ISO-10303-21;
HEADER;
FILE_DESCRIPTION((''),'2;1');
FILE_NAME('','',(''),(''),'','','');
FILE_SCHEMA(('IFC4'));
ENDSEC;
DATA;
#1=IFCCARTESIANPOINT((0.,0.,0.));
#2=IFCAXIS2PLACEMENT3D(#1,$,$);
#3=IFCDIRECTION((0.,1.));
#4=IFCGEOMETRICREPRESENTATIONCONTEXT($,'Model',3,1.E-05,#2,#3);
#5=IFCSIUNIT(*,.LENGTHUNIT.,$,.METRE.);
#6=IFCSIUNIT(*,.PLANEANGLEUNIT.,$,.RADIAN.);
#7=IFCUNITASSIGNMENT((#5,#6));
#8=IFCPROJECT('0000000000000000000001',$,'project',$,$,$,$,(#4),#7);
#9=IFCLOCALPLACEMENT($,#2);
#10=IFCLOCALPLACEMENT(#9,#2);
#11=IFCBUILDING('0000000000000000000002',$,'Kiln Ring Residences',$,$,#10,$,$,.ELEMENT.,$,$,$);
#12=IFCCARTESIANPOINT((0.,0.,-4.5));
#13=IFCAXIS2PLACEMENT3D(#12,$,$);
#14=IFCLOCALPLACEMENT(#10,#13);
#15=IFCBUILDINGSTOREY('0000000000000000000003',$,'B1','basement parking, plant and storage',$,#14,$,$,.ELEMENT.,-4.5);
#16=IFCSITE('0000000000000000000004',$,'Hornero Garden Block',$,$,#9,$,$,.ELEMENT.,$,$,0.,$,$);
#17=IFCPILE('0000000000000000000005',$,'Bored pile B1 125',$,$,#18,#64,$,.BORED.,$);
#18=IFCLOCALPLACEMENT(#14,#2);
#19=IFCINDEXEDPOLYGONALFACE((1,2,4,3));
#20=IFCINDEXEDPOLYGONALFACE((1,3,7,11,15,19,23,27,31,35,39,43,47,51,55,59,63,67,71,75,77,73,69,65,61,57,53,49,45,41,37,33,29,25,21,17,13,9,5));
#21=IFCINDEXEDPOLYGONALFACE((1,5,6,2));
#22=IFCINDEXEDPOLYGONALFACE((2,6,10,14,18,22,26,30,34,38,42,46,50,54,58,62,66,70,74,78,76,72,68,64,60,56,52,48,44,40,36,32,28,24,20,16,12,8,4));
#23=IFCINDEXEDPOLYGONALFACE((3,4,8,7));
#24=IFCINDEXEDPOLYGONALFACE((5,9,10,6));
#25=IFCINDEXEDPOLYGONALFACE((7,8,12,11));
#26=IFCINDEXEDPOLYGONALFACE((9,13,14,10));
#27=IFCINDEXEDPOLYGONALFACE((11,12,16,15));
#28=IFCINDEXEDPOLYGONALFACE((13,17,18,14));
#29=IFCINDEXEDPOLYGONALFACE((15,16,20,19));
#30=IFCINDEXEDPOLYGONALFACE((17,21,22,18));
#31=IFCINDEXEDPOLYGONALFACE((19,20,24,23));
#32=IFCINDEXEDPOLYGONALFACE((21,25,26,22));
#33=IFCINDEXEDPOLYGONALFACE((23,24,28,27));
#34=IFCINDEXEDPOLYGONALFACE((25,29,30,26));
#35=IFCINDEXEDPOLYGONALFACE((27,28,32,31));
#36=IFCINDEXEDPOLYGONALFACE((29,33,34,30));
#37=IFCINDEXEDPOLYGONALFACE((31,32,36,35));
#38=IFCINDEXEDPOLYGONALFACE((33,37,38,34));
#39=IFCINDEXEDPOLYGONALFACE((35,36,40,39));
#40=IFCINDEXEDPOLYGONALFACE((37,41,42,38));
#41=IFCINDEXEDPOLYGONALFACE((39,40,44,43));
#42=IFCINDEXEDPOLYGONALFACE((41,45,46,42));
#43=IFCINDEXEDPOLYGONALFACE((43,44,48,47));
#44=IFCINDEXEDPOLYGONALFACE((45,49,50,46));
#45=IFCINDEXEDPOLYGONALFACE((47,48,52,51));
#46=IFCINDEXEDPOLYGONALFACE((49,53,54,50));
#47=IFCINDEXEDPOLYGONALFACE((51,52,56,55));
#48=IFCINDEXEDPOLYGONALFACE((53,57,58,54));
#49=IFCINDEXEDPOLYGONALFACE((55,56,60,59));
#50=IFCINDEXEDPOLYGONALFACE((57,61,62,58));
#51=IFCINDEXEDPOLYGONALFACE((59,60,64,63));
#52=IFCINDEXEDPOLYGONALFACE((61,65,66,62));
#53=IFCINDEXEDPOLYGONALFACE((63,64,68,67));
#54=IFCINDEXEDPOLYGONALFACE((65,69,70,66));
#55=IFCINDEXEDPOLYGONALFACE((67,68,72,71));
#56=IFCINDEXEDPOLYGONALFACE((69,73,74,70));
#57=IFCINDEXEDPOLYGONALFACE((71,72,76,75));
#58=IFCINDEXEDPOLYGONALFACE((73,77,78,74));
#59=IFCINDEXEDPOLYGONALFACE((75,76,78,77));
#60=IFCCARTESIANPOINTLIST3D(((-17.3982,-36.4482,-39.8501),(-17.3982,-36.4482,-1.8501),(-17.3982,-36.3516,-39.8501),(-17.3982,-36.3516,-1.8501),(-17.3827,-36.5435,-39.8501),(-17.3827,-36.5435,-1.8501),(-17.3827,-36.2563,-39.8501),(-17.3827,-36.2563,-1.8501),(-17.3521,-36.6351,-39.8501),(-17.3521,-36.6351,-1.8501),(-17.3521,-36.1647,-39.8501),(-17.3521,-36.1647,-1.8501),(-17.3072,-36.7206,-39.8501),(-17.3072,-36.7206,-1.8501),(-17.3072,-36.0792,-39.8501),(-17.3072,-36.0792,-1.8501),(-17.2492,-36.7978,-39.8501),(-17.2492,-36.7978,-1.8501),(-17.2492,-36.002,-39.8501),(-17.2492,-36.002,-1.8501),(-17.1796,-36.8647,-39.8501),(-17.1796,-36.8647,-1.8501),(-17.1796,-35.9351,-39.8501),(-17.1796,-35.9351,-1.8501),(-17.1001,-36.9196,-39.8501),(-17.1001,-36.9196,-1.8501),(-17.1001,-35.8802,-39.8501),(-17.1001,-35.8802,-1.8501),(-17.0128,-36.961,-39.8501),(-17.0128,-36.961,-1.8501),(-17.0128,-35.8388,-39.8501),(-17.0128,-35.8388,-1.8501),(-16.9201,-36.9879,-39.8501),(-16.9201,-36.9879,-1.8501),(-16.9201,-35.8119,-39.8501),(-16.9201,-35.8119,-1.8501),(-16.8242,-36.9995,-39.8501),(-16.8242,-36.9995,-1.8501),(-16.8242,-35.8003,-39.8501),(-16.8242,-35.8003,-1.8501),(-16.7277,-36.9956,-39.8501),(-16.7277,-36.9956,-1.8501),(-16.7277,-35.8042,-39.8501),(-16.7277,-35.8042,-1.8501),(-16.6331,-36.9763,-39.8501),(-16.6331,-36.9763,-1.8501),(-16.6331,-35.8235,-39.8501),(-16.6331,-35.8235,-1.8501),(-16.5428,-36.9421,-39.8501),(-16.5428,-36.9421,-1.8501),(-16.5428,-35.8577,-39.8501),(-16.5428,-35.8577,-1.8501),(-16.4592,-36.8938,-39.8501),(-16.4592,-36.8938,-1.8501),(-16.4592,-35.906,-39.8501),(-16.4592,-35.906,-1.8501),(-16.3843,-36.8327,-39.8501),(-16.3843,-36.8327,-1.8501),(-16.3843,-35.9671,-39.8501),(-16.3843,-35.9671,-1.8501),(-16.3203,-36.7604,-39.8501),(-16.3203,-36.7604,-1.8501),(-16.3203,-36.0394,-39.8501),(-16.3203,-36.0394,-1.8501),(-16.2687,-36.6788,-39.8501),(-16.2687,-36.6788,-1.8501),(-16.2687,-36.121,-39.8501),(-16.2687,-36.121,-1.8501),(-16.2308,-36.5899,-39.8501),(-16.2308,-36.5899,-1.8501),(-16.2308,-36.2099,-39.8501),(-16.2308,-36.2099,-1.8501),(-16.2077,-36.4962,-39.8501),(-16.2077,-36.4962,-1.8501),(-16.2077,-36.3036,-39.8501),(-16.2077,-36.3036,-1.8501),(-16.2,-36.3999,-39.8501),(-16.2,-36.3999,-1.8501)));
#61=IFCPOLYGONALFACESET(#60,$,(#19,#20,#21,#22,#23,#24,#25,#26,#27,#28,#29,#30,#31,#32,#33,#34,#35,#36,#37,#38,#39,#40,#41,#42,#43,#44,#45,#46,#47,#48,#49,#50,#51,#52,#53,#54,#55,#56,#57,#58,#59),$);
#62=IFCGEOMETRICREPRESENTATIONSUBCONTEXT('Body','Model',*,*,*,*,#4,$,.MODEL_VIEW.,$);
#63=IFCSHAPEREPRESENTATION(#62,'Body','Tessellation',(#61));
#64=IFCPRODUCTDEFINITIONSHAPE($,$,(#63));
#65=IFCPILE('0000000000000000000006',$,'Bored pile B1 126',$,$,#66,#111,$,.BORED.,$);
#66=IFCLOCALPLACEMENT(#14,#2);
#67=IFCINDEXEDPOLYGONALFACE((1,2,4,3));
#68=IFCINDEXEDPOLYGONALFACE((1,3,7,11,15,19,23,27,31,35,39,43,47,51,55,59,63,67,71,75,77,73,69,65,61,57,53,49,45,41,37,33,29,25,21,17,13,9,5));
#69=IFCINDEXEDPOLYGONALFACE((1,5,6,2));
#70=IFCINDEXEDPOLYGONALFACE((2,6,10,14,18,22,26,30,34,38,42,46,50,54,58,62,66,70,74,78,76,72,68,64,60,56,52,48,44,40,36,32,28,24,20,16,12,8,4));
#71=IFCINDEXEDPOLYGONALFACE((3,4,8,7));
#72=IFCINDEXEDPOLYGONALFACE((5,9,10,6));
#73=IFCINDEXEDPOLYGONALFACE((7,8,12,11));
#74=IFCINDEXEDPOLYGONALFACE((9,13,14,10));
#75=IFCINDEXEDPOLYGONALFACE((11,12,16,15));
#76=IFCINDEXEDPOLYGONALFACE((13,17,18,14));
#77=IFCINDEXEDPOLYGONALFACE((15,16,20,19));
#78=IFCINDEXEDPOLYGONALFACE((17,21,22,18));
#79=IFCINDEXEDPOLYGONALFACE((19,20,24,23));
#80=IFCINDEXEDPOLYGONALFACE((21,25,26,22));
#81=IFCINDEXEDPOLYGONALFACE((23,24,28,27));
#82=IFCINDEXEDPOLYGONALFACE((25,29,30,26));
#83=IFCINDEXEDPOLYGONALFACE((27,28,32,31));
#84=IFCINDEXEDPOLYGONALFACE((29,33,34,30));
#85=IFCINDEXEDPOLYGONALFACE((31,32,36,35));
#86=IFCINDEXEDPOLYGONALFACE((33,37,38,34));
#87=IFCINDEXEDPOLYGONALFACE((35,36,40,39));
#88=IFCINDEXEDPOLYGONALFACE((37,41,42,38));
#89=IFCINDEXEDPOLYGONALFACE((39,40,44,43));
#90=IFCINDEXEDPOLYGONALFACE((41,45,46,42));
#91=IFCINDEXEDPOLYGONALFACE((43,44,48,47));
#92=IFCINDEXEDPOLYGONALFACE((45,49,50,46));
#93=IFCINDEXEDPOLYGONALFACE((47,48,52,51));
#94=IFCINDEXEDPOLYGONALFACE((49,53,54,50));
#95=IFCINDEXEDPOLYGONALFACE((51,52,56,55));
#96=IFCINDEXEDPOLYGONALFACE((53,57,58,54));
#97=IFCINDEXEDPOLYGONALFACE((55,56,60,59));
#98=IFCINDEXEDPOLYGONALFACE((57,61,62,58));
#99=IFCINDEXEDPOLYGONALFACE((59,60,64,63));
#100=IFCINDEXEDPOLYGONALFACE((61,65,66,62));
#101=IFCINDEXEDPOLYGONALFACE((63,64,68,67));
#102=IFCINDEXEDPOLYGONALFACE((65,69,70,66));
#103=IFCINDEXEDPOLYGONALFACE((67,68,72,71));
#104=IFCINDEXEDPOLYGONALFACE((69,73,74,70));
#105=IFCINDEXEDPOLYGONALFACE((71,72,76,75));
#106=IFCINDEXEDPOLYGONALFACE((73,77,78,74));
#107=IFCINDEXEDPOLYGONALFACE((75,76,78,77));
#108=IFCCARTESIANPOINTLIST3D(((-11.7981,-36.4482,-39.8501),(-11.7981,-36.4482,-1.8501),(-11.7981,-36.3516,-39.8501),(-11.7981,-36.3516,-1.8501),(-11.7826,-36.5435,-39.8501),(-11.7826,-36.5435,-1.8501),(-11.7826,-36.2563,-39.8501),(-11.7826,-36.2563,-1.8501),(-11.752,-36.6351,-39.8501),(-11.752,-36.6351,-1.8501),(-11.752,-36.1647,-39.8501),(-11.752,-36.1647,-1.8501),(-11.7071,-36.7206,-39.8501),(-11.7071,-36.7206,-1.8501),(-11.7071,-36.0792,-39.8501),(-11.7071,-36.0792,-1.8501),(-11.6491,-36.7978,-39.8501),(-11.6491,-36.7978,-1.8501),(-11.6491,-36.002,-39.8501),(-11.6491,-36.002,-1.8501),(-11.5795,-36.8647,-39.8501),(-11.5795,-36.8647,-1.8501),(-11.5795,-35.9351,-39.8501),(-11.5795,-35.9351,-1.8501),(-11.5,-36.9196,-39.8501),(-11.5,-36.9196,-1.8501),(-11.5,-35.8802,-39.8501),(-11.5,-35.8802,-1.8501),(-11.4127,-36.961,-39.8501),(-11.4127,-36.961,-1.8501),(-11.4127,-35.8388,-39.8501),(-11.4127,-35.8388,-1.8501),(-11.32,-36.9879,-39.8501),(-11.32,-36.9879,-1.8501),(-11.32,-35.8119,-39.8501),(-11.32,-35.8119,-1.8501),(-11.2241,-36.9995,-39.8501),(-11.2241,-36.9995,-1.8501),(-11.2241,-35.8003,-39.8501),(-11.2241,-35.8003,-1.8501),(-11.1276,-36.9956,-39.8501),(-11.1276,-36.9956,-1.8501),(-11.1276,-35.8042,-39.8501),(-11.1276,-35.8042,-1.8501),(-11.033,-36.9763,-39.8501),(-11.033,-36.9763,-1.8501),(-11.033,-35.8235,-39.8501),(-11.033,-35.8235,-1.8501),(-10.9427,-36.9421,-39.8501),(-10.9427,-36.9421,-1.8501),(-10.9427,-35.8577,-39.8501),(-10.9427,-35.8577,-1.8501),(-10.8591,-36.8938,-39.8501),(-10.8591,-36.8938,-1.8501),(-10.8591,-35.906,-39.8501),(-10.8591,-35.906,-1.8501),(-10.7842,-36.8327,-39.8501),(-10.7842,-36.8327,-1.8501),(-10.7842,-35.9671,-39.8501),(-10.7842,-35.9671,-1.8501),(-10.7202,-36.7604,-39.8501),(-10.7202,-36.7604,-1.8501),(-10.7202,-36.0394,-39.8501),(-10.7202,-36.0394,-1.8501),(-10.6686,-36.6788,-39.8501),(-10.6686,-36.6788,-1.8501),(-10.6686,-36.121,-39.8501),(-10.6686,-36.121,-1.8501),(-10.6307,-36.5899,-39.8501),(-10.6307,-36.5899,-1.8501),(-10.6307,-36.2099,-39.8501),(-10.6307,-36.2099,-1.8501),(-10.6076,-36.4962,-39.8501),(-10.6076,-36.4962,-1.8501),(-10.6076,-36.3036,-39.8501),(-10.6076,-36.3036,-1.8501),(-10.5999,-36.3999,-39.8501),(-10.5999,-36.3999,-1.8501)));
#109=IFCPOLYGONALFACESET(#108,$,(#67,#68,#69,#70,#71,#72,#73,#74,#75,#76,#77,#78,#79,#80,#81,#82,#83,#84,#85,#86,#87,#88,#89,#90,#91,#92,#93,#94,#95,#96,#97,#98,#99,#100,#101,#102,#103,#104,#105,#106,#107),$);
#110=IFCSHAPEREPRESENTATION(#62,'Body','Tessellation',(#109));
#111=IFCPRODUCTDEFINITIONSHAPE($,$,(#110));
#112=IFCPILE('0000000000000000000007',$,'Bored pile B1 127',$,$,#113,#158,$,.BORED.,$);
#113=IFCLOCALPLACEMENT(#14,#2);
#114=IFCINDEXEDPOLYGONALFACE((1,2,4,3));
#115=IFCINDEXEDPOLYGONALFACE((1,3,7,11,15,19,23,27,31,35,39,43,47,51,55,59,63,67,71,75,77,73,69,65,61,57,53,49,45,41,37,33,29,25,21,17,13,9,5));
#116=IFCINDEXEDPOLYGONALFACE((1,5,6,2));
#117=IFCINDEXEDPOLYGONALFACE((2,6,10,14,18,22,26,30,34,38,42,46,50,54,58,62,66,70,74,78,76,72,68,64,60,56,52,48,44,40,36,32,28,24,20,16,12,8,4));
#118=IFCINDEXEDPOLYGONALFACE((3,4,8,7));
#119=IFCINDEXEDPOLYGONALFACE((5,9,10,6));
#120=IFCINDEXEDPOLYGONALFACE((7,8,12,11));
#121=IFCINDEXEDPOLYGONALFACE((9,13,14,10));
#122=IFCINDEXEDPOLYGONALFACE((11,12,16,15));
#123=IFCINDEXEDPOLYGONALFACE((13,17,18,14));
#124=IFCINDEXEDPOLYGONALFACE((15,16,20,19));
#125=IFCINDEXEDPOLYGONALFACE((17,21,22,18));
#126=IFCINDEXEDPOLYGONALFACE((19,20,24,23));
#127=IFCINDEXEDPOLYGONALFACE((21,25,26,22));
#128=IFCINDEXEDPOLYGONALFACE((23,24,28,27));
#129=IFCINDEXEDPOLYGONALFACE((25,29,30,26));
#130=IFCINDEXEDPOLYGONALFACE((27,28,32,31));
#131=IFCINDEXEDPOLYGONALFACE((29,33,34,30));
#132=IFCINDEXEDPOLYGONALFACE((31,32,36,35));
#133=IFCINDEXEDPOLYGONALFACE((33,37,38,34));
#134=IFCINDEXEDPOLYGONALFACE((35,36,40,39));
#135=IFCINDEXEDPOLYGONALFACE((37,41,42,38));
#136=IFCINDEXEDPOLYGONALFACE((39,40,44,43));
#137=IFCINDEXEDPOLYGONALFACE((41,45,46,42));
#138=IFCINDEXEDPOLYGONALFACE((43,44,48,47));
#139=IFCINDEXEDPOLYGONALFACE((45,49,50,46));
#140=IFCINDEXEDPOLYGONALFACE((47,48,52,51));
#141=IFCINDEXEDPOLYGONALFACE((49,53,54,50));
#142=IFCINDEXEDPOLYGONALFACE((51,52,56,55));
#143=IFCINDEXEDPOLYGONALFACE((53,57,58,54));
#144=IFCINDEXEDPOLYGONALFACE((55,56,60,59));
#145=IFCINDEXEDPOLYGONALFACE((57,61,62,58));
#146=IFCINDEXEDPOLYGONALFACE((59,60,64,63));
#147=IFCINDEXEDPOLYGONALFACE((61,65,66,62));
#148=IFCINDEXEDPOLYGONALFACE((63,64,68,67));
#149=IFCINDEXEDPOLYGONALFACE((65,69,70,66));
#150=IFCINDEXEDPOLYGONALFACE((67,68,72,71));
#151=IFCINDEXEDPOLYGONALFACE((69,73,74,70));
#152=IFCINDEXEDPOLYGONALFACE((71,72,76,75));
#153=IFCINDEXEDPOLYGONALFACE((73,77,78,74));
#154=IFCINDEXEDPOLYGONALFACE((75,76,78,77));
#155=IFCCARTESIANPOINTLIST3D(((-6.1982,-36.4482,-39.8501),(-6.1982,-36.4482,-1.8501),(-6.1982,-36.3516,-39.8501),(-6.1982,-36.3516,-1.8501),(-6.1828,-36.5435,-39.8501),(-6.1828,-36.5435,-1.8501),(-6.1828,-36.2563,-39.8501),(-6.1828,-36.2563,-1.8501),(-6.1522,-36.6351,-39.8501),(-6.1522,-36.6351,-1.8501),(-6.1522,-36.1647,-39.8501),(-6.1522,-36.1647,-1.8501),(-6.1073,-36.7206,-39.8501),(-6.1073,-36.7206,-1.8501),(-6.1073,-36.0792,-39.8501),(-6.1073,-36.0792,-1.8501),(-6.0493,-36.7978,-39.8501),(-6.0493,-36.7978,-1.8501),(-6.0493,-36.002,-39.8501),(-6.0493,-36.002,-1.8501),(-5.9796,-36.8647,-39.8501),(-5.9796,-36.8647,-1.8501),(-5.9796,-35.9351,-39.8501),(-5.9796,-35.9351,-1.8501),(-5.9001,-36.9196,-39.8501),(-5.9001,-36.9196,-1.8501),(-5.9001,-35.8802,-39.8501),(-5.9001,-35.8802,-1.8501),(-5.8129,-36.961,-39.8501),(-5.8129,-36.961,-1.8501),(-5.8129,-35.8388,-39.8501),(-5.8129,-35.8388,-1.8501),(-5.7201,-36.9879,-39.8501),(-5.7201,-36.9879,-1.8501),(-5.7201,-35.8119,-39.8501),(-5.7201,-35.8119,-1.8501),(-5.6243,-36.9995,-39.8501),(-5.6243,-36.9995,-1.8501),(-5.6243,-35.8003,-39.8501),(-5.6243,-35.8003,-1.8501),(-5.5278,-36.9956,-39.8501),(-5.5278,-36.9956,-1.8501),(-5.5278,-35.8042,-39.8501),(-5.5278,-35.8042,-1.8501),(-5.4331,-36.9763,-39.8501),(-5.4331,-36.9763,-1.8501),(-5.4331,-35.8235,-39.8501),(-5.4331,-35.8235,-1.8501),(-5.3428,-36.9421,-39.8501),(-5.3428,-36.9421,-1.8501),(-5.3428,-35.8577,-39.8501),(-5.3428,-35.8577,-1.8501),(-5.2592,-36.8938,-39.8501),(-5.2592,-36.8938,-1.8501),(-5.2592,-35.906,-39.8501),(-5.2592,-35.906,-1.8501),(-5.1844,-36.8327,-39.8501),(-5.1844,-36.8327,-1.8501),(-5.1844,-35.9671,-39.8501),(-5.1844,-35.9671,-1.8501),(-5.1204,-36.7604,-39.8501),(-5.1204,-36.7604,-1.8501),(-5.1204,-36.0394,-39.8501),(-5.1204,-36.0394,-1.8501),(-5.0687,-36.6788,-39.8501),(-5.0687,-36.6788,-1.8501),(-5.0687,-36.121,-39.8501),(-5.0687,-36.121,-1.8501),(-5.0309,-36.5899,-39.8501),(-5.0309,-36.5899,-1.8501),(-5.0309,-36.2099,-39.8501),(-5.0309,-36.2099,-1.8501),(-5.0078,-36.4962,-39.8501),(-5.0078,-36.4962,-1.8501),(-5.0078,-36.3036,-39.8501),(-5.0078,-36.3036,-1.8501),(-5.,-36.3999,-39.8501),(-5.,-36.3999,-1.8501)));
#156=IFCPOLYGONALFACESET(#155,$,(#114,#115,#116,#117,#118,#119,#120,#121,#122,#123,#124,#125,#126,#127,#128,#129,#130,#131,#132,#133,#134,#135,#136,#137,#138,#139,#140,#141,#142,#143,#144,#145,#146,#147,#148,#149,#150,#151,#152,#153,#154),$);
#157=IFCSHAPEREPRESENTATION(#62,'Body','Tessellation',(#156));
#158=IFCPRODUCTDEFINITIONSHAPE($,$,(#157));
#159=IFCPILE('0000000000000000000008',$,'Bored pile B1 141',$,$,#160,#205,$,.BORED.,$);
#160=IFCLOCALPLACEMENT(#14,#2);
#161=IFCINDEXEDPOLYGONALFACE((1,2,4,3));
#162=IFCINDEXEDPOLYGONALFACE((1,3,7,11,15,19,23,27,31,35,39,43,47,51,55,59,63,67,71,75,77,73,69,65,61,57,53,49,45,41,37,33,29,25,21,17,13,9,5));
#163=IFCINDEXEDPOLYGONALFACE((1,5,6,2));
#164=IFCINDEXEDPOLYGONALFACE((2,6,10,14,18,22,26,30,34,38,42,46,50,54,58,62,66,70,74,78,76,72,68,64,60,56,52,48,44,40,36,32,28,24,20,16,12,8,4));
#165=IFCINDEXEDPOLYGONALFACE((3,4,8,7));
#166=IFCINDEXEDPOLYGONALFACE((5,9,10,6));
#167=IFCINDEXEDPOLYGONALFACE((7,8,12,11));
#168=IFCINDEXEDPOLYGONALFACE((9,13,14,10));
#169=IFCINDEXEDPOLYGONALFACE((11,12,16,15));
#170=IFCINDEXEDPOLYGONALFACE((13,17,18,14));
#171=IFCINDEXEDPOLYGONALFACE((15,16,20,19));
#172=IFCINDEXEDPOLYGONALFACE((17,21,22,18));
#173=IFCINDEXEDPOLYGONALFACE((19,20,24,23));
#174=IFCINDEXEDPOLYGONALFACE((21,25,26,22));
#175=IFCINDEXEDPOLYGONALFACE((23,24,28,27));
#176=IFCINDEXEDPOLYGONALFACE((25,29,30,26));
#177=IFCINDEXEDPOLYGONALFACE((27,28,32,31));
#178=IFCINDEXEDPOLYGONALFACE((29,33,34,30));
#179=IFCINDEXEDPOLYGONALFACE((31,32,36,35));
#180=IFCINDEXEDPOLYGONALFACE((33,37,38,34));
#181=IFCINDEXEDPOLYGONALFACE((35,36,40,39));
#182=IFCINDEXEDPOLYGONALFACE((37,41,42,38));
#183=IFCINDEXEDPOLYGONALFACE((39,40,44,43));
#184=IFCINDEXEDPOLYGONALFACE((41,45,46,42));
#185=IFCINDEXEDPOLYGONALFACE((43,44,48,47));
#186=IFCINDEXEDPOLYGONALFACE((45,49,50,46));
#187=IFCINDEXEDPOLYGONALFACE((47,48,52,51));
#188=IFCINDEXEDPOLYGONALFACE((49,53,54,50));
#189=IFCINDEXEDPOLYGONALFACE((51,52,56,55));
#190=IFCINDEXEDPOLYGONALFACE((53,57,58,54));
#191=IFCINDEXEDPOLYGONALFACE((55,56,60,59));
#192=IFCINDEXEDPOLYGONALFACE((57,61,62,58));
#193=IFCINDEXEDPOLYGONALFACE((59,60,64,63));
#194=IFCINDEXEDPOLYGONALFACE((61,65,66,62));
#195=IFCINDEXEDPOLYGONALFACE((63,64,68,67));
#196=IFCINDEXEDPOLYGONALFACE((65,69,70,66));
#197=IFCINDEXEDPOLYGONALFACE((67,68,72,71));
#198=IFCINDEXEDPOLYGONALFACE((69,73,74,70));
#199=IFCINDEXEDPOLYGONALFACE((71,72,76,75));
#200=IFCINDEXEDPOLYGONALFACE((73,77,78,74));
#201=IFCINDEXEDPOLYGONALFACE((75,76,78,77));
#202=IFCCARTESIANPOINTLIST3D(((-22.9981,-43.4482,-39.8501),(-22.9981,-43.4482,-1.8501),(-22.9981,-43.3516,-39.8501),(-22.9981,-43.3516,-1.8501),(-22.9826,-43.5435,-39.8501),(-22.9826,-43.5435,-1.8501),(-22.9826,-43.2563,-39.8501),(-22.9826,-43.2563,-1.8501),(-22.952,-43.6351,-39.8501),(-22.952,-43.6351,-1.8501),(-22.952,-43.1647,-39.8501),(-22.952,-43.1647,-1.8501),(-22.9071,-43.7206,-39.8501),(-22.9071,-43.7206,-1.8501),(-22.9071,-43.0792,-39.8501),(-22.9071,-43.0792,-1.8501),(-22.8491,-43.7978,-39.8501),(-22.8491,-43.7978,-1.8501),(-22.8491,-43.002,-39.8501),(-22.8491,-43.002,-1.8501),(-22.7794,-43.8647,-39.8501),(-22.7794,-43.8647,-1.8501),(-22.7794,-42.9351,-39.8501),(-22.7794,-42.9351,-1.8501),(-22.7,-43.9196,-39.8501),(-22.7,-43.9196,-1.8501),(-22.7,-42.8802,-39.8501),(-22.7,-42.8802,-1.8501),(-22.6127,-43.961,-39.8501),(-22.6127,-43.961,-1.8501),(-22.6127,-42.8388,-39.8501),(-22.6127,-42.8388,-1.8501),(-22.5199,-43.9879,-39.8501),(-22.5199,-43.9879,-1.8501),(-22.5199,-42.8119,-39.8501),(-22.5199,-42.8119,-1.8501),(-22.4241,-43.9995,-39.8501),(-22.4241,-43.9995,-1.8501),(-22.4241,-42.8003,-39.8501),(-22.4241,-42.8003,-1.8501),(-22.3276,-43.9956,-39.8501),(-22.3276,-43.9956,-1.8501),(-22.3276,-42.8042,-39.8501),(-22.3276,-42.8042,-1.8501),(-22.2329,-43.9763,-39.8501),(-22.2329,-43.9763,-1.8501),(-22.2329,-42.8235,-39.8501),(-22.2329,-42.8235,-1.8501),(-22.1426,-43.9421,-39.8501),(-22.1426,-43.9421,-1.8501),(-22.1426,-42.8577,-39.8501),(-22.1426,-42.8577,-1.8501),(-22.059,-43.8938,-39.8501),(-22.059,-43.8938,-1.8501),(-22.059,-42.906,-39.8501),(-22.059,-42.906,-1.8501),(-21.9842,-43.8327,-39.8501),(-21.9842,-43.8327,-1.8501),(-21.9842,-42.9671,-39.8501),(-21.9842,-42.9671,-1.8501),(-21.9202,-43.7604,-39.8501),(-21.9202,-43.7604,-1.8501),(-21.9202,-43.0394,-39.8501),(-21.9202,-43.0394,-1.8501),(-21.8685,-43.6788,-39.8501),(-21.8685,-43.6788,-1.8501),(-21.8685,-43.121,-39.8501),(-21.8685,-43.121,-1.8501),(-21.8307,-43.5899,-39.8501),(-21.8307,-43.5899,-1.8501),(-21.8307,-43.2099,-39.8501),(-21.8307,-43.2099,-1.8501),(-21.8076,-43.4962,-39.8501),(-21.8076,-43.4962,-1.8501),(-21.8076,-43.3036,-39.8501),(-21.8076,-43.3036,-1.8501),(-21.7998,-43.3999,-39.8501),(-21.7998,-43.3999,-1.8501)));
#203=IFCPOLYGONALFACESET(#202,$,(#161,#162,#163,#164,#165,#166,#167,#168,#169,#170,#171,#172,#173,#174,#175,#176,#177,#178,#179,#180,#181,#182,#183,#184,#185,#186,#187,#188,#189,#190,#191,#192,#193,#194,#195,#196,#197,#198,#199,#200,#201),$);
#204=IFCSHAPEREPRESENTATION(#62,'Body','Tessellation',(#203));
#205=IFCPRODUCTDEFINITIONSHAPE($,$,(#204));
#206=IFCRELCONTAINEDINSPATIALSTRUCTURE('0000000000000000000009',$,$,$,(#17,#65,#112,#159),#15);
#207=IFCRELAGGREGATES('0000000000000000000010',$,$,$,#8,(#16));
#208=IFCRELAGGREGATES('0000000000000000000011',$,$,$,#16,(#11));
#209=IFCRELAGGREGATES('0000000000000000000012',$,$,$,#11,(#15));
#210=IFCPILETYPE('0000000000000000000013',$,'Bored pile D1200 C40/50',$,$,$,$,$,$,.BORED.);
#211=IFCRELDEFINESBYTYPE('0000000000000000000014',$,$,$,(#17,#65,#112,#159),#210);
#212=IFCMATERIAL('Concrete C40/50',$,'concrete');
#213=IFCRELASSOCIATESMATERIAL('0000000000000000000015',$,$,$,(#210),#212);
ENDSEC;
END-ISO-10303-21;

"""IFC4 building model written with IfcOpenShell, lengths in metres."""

from ifc_helpers import new_model, si_unit, direction, frame, origin, origin_2d, place, context, subcontext, project, spatial, circle, extrude, material, material_profile, profile_set, type_object, element, save


model = new_model("IFC4")

# Units and contexts
model_context = context("Model", 3, precision=1e-05, world=origin(), true_north=direction((0.0, 1.0)))
body_context = subcontext(model_context, "Body", "Model", "MODEL_VIEW")
ifc_project = project(units=[si_unit("LENGTHUNIT", "METRE"), si_unit("PLANEANGLEUNIT", "RADIAN")], contexts=[model_context])

# Site, building, storey
site_placement = place(None, origin())
site = spatial("IfcSite", under=ifc_project, at=site_placement, Name="Hornero Garden Block", CompositionType="ELEMENT", RefElevation=0.0)
building_placement = place(site_placement, origin())
building = spatial("IfcBuilding", under=site, at=building_placement, Name="Kiln Ring Residences", CompositionType="ELEMENT")
storey_placement = place(building_placement, frame((0.0, 0.0, -4.5)))
storey = spatial("IfcBuildingStorey", under=building, at=storey_placement, Name="B1", Description="basement parking, plant and storage", CompositionType="ELEMENT", Elevation=-4.5)

# Piles
ifc_material_1 = material(Name="Concrete C40/50", Category="concrete")
ifc_material_profile_1 = material_profile(ifc_material_1, circle(Radius=0.6001, at=origin_2d()), Name="BORED1200")
ifc_profile_set_1 = profile_set([ifc_material_profile_1], Name="Concrete C40/50")
pile_type = type_object("IfcPileType", Name="Bored pile D1200 C40/50", PredefinedType="BORED", material=ifc_profile_set_1)
for number, where, z_axis, x_axis, name in (
    (1, (-16.8, -36.3999, -1.8501), (0.0, 0.0, -1.0), (1.0, 0.0, 0.0), "Bored pile B1 125"),
    (2, (-11.2, -36.3999, -1.8501), (0.0, 0.0, -1.0), (1.0, 0.0, 0.0), "Bored pile B1 126"),
    (3, (-5.6001, -36.3999, -1.8501), (0.0, 0.0, -1.0), (1.0, 0.0, 0.0), "Bored pile B1 127"),
    (4, (-22.3999, -43.3999, -1.8501), (0.0, 0.0, -1.0), (1.0, 0.0, 0.0), "Bored pile B1 141"),
):
    element("IfcPile", number, at=place(storey_placement, frame(where, z_axis=z_axis, x_axis=x_axis)), inside=storey, type_object=pile_type, Name=name, PredefinedType="BORED", context=body_context, shape_type="SweptSolid", body=[
        extrude(circle(Radius=0.6001, at=origin_2d()), origin(), (0.0, 0.0, 1.0), 38.0),
    ])

save(model, "model.ifc")
